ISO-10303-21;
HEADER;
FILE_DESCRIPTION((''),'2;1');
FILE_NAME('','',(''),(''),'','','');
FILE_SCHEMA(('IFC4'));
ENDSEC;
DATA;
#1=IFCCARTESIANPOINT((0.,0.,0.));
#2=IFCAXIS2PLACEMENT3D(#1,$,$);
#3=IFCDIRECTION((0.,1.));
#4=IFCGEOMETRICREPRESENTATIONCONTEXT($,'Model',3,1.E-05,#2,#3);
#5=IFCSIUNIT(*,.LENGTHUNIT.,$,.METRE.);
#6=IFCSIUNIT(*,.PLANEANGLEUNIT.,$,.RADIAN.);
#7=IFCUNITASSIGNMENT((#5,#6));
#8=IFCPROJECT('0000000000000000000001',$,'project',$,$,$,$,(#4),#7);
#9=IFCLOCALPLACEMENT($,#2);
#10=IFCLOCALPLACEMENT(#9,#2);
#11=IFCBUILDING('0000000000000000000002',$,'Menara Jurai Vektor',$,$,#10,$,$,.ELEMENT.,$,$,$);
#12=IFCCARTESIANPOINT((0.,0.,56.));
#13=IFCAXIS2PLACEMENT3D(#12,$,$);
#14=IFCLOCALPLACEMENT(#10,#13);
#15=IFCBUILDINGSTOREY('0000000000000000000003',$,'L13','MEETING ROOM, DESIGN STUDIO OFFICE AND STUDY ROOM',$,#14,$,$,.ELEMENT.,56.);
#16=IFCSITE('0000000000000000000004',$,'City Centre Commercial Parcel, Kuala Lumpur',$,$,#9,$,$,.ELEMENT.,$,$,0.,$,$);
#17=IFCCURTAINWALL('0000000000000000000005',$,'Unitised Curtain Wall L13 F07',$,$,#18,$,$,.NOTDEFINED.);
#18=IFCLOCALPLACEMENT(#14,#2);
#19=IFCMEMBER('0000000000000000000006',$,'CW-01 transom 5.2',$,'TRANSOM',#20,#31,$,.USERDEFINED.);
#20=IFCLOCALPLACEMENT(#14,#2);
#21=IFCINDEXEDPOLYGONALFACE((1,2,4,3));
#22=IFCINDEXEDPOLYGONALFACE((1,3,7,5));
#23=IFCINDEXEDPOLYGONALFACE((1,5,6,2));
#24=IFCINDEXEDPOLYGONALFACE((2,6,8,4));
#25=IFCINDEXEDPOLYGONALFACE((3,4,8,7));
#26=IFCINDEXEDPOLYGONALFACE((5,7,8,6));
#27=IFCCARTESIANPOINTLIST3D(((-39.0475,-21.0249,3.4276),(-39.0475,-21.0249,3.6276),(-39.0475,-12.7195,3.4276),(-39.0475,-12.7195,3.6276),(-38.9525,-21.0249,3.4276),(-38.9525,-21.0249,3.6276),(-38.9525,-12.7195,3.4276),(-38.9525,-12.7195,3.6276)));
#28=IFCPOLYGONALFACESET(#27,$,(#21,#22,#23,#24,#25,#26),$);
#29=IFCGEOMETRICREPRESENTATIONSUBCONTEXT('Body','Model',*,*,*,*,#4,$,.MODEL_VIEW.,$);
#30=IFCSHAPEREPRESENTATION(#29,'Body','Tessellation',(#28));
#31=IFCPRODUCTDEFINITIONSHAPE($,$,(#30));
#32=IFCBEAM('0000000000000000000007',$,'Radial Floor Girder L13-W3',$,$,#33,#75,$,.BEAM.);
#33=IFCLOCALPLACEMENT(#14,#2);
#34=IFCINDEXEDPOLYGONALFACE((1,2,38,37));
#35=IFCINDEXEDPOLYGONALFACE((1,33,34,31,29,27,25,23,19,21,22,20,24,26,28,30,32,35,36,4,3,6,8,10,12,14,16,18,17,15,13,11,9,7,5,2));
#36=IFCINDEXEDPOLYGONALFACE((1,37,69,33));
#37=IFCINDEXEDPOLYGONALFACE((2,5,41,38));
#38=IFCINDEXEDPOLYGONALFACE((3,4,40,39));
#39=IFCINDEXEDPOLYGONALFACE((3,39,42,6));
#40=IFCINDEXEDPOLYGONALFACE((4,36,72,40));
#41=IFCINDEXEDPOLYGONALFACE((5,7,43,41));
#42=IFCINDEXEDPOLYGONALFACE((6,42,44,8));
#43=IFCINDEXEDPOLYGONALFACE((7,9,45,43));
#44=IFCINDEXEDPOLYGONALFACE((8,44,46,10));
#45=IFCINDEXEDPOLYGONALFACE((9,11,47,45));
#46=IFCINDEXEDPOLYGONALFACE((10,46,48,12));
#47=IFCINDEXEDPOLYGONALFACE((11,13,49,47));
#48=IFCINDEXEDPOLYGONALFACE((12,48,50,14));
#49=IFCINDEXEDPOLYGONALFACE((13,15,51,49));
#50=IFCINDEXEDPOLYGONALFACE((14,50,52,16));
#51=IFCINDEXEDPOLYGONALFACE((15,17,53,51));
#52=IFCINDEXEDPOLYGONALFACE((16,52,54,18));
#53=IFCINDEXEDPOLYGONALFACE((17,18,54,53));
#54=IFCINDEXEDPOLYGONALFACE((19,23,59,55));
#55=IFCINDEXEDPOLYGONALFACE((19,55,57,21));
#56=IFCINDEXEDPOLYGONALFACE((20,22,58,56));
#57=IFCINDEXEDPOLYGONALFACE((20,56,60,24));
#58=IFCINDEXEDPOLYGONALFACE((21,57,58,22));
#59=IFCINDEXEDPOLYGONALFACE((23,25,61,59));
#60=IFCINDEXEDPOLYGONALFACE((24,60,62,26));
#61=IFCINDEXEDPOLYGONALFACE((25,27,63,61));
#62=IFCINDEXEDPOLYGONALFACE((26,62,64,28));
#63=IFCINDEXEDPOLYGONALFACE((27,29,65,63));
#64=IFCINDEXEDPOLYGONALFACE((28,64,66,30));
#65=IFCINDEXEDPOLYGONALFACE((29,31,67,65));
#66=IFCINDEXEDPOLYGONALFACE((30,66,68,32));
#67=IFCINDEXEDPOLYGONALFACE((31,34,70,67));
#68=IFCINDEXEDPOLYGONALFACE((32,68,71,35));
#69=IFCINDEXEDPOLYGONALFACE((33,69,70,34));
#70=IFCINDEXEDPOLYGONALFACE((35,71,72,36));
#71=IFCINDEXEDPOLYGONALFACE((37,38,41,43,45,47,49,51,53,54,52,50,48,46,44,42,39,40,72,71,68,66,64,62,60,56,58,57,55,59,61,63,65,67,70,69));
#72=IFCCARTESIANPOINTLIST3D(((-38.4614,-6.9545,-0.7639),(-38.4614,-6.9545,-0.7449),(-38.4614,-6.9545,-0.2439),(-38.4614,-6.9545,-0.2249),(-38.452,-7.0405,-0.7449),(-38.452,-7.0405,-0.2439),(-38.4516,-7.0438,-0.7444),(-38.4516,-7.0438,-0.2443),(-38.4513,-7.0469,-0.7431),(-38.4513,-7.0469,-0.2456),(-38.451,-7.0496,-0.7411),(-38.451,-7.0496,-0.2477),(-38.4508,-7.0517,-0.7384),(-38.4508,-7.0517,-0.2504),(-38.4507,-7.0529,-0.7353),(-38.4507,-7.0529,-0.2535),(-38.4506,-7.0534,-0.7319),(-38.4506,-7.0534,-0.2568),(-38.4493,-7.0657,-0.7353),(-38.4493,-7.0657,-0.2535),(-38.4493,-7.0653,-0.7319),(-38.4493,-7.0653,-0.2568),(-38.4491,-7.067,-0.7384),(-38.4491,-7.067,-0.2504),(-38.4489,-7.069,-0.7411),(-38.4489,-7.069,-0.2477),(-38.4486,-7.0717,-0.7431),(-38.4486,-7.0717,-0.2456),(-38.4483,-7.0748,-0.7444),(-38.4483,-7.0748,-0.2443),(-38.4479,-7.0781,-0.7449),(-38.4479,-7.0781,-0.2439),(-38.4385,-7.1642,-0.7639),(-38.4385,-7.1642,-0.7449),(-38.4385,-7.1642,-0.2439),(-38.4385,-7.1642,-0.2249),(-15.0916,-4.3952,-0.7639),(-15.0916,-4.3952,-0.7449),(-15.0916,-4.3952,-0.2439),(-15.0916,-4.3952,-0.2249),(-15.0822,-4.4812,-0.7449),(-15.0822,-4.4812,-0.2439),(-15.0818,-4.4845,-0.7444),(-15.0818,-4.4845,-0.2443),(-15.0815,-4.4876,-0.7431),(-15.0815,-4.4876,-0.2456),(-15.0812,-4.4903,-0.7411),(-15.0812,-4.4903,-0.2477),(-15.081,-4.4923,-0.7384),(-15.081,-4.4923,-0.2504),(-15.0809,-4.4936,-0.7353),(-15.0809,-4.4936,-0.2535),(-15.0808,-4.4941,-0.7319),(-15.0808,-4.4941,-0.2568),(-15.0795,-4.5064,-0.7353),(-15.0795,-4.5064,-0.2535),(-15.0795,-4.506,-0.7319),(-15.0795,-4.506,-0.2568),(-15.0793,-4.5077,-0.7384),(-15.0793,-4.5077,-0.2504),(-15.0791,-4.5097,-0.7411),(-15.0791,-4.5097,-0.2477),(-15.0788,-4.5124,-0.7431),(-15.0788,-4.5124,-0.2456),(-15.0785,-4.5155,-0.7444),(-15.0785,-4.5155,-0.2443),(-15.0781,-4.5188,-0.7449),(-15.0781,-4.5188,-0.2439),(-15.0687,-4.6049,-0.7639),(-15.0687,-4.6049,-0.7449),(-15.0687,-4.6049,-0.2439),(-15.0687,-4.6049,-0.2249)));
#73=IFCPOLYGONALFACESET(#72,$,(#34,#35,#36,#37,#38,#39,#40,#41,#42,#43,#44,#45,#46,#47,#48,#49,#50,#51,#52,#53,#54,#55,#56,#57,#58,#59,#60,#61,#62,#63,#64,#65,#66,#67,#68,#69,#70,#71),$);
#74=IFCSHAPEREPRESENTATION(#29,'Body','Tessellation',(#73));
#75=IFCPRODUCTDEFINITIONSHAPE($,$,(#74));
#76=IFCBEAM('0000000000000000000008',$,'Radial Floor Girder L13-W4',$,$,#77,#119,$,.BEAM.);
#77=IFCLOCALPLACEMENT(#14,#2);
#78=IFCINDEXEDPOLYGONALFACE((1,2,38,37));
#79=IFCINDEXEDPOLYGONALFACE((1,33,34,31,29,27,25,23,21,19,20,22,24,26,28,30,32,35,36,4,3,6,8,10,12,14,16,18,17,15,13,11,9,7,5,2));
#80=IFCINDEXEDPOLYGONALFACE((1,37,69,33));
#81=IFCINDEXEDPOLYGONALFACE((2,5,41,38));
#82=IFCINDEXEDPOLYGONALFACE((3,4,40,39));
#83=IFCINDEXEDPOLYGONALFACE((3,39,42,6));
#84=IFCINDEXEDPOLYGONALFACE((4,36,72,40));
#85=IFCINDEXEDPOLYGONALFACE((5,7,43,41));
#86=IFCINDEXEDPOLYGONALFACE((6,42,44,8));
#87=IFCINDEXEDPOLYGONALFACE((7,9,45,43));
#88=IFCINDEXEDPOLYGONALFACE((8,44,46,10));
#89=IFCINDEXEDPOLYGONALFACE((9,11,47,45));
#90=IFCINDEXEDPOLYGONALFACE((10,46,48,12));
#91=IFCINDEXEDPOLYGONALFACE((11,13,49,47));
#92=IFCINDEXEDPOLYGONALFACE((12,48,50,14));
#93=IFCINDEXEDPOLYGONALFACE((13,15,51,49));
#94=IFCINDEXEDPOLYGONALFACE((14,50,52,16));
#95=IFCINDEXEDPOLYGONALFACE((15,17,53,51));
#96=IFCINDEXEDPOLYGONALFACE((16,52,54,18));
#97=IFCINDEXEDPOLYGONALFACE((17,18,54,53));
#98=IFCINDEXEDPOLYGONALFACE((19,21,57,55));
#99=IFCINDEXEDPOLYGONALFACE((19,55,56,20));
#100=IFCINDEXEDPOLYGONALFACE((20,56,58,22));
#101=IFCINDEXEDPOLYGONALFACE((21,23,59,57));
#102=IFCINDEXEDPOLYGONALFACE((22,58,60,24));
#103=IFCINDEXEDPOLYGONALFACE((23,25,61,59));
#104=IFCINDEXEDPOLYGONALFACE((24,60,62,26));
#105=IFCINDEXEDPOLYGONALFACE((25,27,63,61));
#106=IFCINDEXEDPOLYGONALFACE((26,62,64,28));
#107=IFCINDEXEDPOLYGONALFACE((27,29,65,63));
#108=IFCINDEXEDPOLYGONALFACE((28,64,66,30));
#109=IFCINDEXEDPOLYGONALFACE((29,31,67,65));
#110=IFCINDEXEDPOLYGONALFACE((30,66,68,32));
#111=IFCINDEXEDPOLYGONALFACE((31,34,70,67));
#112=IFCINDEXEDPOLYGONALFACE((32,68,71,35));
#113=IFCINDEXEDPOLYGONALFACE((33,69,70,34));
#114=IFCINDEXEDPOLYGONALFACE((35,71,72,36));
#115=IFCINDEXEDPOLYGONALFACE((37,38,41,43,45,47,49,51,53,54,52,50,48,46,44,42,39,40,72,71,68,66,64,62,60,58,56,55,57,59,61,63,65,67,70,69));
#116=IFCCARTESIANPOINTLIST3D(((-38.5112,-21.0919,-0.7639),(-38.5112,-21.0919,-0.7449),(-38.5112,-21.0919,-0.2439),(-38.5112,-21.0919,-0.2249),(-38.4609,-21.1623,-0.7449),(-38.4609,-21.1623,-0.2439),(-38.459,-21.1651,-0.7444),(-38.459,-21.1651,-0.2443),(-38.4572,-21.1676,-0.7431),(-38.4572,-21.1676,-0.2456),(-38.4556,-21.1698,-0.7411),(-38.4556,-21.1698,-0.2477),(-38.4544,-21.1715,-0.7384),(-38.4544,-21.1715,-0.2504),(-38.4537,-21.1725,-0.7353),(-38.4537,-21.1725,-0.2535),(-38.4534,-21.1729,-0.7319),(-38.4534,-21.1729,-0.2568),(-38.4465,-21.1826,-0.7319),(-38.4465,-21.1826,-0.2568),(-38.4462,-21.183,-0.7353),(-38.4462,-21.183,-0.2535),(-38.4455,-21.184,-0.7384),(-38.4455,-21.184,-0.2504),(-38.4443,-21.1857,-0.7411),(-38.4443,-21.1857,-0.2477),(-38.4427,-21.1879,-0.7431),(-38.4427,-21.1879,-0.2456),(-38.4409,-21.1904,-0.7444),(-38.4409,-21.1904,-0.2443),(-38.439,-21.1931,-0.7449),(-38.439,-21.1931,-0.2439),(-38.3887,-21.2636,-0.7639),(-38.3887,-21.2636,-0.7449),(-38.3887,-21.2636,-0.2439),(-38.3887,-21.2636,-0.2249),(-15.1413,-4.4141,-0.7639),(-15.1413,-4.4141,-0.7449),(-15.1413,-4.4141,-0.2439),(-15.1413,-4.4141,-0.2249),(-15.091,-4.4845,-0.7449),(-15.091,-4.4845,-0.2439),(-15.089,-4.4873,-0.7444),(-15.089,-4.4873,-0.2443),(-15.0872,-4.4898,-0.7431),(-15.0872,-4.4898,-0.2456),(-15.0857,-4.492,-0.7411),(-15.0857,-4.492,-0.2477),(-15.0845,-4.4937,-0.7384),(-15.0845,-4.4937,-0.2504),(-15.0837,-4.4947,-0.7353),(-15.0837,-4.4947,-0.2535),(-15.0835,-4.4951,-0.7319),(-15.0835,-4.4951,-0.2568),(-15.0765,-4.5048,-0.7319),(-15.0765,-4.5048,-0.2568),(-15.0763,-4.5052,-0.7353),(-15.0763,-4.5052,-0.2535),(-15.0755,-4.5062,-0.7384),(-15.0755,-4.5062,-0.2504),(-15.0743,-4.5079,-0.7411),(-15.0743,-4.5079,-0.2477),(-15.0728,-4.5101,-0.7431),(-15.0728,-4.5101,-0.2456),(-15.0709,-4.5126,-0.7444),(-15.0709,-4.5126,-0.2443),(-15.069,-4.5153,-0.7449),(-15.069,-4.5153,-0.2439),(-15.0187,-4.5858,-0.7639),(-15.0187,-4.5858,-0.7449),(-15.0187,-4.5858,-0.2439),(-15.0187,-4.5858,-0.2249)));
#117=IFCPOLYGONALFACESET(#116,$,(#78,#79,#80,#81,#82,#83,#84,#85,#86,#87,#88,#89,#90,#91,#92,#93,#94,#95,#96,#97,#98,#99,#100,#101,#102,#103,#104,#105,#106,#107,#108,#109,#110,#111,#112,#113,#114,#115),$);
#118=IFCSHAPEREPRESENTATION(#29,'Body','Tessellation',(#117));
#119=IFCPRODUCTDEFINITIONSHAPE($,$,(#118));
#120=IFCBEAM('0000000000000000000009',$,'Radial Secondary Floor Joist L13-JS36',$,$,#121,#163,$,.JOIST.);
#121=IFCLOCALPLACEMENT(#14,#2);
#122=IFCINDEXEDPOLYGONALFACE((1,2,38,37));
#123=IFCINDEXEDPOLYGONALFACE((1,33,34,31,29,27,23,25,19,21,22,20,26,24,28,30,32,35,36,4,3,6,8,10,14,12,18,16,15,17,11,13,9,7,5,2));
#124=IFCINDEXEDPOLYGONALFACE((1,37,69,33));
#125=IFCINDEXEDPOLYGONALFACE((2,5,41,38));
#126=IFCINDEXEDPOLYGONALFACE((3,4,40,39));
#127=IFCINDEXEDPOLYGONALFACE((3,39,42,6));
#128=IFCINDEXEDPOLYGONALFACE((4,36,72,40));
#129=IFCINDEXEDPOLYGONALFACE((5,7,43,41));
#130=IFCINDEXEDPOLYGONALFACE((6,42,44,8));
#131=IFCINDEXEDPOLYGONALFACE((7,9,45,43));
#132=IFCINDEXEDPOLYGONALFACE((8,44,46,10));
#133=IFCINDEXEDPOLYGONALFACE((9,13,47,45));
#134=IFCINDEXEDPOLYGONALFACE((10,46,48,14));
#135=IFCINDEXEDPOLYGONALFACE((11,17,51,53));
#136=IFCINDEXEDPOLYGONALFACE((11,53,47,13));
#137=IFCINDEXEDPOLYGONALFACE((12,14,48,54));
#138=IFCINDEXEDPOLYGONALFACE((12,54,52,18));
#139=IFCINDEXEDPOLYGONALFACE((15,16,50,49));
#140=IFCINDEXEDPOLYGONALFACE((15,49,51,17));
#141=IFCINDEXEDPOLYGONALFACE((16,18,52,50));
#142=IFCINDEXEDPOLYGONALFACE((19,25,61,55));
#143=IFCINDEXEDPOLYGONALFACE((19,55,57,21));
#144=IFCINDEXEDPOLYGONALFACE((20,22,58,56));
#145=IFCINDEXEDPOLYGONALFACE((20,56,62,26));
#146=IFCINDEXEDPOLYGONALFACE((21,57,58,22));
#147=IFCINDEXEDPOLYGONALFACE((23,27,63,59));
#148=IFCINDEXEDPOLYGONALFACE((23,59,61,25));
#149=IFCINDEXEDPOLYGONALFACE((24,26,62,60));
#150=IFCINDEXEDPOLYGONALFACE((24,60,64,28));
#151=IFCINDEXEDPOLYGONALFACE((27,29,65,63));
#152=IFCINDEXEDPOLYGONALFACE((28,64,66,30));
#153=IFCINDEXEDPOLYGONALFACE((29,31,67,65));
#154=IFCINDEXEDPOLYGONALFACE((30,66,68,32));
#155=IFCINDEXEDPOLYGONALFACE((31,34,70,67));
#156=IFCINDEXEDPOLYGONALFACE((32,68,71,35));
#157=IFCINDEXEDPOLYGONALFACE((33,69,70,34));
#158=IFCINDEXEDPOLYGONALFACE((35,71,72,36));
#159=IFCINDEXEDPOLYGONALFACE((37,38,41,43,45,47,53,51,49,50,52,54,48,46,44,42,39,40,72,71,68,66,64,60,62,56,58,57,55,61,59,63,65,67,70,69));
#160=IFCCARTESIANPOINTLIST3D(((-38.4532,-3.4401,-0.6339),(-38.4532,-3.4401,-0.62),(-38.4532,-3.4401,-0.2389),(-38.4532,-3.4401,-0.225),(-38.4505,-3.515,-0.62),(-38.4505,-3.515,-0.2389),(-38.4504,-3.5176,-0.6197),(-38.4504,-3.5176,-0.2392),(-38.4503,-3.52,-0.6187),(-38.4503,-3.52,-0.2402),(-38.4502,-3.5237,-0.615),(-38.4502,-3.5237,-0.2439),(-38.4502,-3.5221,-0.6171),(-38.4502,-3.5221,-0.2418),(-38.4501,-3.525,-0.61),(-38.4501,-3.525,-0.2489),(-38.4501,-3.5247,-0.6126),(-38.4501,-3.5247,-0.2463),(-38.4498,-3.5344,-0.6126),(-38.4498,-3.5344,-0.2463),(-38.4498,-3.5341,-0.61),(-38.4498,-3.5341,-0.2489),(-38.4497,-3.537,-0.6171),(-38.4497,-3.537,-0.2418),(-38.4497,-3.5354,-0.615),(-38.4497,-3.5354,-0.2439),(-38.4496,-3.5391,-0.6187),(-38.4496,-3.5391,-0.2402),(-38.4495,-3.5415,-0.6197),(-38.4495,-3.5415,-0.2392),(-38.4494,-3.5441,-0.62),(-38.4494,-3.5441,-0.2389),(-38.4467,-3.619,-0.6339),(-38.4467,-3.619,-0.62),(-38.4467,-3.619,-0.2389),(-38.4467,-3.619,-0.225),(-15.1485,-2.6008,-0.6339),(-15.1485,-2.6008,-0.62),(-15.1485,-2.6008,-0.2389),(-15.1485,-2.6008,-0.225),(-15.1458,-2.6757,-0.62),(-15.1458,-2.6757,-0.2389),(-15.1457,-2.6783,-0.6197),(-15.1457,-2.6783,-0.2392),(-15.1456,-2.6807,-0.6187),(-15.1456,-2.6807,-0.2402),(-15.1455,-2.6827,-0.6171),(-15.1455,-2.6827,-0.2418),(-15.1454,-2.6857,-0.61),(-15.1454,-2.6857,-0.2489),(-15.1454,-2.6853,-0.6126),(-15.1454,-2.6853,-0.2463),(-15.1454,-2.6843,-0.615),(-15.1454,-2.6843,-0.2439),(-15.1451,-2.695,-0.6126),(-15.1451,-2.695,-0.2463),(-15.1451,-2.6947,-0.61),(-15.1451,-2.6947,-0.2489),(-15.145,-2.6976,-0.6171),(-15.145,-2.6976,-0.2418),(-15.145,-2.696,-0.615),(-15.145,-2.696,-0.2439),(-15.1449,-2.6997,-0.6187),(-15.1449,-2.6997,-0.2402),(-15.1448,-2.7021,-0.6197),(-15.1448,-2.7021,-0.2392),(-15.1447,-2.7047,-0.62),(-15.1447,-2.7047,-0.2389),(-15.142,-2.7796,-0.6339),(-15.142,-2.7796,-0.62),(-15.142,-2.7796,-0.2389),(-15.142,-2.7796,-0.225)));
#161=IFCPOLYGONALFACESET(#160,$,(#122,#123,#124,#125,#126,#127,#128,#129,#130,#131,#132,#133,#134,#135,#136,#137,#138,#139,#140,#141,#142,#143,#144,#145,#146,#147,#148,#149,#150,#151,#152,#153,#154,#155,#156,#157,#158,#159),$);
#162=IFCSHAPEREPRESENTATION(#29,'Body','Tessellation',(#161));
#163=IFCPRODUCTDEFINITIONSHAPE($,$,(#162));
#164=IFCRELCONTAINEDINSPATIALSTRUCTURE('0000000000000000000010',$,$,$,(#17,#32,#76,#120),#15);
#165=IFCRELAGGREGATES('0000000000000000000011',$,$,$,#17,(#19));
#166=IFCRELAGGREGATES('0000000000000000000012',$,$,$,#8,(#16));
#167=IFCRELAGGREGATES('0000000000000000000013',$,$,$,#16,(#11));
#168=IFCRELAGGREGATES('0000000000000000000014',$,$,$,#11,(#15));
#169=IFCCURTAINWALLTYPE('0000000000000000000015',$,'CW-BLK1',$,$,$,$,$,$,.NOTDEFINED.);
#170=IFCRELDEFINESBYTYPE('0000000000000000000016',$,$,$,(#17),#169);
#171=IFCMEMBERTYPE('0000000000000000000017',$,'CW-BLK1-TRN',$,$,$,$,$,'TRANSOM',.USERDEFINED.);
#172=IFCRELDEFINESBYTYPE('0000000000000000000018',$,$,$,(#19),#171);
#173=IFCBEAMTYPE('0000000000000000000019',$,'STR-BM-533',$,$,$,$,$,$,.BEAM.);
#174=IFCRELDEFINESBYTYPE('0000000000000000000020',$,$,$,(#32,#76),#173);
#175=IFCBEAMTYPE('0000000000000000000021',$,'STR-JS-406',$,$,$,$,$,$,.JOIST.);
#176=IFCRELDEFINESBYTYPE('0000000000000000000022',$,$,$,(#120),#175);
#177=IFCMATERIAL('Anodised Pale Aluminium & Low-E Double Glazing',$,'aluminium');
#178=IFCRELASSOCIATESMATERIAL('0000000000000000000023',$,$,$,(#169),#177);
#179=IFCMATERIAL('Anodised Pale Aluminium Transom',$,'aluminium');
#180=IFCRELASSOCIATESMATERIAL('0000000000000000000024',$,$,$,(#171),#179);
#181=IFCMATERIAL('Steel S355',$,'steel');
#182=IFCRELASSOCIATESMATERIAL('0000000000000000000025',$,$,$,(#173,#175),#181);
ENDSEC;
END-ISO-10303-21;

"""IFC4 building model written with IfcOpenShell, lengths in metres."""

from ifc_helpers import new_model, si_unit, direction, frame, origin, origin_2d, place, context, subcontext, project, spatial, rectangle, i_section, extrude, material, material_profile, profile_set, type_object, element, aggregate, save


model = new_model("IFC4")

# Units and contexts
model_context = context("Model", 3, precision=1e-05, world=origin(), true_north=direction((0.0, 1.0)))
body_context = subcontext(model_context, "Body", "Model", "MODEL_VIEW")
ifc_project = project(units=[si_unit("LENGTHUNIT", "METRE"), si_unit("PLANEANGLEUNIT", "RADIAN")], contexts=[model_context])

# Site, building, storey
site_placement = place(None, origin())
site = spatial("IfcSite", under=ifc_project, at=site_placement, Name="City Centre Commercial Parcel, Kuala Lumpur", CompositionType="ELEMENT", RefElevation=0.0)
building_placement = place(site_placement, origin())
building = spatial("IfcBuilding", under=site, at=building_placement, Name="Menara Jurai Vektor", CompositionType="ELEMENT")
storey_placement = place(building_placement, frame((0.0, 0.0, 56.0)))
storey = spatial("IfcBuildingStorey", under=building, at=storey_placement, Name="L13", Description="MEETING ROOM, DESIGN STUDIO OFFICE AND STUDY ROOM", CompositionType="ELEMENT", Elevation=56.0)

# Curtain wall
ifc_material_1 = material(Name="Anodised Pale Aluminium & Low-E Double Glazing", Category="aluminium")
curtain_wall_type = type_object("IfcCurtainWallType", Name="CW-BLK1", PredefinedType="NOTDEFINED", material=ifc_material_1)
curtain_wall_1_placement = place(storey_placement, origin())
curtain_wall_1 = element("IfcCurtainWall", 1, at=curtain_wall_1_placement, inside=storey, type_object=curtain_wall_type, Name="Unitised Curtain Wall L13 F07", PredefinedType="NOTDEFINED")

# Member
ifc_material_2 = material(Name="Anodised Pale Aluminium Transom", Category="aluminium")
ifc_material_profile_1 = material_profile(ifc_material_2, rectangle(XDim=0.095, YDim=0.2, at=origin_2d()), Name="ALU TRN 95x200")
ifc_profile_set_1 = profile_set([ifc_material_profile_1], Name="Anodised Pale Aluminium Transom")
member_type_1 = type_object("IfcMemberType", Name="CW-BLK1-TRN", ElementType="TRANSOM", PredefinedType="USERDEFINED", material=ifc_profile_set_1)
member_1_placement = place(storey_placement, frame((-39.0, -12.7195, 3.5276), z_axis=(0.0, -1.0, 0.0), x_axis=(1.0, 0.0, 0.0)))
member_1 = element("IfcMember", 2, at=member_1_placement, type_object=member_type_1, Name="CW-01 transom 5.2", ObjectType="TRANSOM", PredefinedType="USERDEFINED", context=body_context, shape_type="SweptSolid", body=[
    extrude(rectangle(XDim=0.095, YDim=0.2, at=origin_2d()), origin(), (0.0, 0.0, 1.0), 8.3054),
])

# Beams
ifc_material_3 = material(Name="Steel S355", Category="steel")
ifc_material_profile_2 = material_profile(ifc_material_3, i_section(OverallWidth=0.2109, OverallDepth=0.5391, WebThickness=0.012, FlangeThickness=0.019, FilletRadius=0.0129, at=origin_2d()), Name="UKB 533x210x109")
ifc_profile_set_2 = profile_set([ifc_material_profile_2], Name="Steel S355")
beam_type_1 = type_object("IfcBeamType", Name="STR-BM-533", PredefinedType="BEAM", material=ifc_profile_set_2)
beam_1_placement = place(storey_placement, frame((-38.45, -7.0593, -0.4944), z_axis=(0.994057, 0.108863, 0.0), x_axis=(-0.108863, 0.994057, 0.0)))
element("IfcBeam", 3, at=beam_1_placement, inside=storey, type_object=beam_type_1, Name="Radial Floor Girder L13-W3", PredefinedType="BEAM", context=body_context, shape_type="SweptSolid", body=[
    extrude(i_section(OverallWidth=0.2109, OverallDepth=0.5391, WebThickness=0.012, FlangeThickness=0.019, FilletRadius=0.0129, at=origin_2d()), origin(), (0.0, 0.0, 1.0), 23.5095),
])
beam_2_placement = place(storey_placement, frame((-38.45, -21.1777, -0.4944), z_axis=(0.813981, 0.580891, 0.0), x_axis=(-0.580891, 0.813981, 0.0)))
element("IfcBeam", 4, at=beam_2_placement, inside=storey, type_object=beam_type_1, Name="Radial Floor Girder L13-W4", PredefinedType="BEAM", context=body_context, shape_type="SweptSolid", body=[
    extrude(i_section(OverallWidth=0.2109, OverallDepth=0.5391, WebThickness=0.012, FlangeThickness=0.019, FilletRadius=0.0129, at=origin_2d()), origin(), (0.0, 0.0, 1.0), 28.7107),
])
ifc_material_profile_3 = material_profile(ifc_material_3, i_section(OverallWidth=0.179, OverallDepth=0.4089, WebThickness=0.009, FlangeThickness=0.0139, FilletRadius=0.01, at=origin_2d()), Name="UKB 406x178x67")
ifc_profile_set_3 = profile_set([ifc_material_profile_3], Name="Steel S355")
beam_type_2 = type_object("IfcBeamType", Name="STR-JS-406", PredefinedType="JOIST", material=ifc_profile_set_3)
beam_3_placement = place(storey_placement, frame((-38.45, -3.5295, -0.4294), z_axis=(0.999352, 0.035993, 0.0), x_axis=(-0.035993, 0.999352, 0.0)))
element("IfcBeam", 5, at=beam_3_placement, inside=storey, type_object=beam_type_2, Name="Radial Secondary Floor Joist L13-JS36", PredefinedType="JOIST", context=body_context, shape_type="SweptSolid", body=[
    extrude(i_section(OverallWidth=0.179, OverallDepth=0.4089, WebThickness=0.009, FlangeThickness=0.0139, FilletRadius=0.01, at=origin_2d()), origin(), (0.0, 0.0, 1.0), 23.3198),
])

aggregate(curtain_wall_1, [member_1])

save(model, "model.ifc")
